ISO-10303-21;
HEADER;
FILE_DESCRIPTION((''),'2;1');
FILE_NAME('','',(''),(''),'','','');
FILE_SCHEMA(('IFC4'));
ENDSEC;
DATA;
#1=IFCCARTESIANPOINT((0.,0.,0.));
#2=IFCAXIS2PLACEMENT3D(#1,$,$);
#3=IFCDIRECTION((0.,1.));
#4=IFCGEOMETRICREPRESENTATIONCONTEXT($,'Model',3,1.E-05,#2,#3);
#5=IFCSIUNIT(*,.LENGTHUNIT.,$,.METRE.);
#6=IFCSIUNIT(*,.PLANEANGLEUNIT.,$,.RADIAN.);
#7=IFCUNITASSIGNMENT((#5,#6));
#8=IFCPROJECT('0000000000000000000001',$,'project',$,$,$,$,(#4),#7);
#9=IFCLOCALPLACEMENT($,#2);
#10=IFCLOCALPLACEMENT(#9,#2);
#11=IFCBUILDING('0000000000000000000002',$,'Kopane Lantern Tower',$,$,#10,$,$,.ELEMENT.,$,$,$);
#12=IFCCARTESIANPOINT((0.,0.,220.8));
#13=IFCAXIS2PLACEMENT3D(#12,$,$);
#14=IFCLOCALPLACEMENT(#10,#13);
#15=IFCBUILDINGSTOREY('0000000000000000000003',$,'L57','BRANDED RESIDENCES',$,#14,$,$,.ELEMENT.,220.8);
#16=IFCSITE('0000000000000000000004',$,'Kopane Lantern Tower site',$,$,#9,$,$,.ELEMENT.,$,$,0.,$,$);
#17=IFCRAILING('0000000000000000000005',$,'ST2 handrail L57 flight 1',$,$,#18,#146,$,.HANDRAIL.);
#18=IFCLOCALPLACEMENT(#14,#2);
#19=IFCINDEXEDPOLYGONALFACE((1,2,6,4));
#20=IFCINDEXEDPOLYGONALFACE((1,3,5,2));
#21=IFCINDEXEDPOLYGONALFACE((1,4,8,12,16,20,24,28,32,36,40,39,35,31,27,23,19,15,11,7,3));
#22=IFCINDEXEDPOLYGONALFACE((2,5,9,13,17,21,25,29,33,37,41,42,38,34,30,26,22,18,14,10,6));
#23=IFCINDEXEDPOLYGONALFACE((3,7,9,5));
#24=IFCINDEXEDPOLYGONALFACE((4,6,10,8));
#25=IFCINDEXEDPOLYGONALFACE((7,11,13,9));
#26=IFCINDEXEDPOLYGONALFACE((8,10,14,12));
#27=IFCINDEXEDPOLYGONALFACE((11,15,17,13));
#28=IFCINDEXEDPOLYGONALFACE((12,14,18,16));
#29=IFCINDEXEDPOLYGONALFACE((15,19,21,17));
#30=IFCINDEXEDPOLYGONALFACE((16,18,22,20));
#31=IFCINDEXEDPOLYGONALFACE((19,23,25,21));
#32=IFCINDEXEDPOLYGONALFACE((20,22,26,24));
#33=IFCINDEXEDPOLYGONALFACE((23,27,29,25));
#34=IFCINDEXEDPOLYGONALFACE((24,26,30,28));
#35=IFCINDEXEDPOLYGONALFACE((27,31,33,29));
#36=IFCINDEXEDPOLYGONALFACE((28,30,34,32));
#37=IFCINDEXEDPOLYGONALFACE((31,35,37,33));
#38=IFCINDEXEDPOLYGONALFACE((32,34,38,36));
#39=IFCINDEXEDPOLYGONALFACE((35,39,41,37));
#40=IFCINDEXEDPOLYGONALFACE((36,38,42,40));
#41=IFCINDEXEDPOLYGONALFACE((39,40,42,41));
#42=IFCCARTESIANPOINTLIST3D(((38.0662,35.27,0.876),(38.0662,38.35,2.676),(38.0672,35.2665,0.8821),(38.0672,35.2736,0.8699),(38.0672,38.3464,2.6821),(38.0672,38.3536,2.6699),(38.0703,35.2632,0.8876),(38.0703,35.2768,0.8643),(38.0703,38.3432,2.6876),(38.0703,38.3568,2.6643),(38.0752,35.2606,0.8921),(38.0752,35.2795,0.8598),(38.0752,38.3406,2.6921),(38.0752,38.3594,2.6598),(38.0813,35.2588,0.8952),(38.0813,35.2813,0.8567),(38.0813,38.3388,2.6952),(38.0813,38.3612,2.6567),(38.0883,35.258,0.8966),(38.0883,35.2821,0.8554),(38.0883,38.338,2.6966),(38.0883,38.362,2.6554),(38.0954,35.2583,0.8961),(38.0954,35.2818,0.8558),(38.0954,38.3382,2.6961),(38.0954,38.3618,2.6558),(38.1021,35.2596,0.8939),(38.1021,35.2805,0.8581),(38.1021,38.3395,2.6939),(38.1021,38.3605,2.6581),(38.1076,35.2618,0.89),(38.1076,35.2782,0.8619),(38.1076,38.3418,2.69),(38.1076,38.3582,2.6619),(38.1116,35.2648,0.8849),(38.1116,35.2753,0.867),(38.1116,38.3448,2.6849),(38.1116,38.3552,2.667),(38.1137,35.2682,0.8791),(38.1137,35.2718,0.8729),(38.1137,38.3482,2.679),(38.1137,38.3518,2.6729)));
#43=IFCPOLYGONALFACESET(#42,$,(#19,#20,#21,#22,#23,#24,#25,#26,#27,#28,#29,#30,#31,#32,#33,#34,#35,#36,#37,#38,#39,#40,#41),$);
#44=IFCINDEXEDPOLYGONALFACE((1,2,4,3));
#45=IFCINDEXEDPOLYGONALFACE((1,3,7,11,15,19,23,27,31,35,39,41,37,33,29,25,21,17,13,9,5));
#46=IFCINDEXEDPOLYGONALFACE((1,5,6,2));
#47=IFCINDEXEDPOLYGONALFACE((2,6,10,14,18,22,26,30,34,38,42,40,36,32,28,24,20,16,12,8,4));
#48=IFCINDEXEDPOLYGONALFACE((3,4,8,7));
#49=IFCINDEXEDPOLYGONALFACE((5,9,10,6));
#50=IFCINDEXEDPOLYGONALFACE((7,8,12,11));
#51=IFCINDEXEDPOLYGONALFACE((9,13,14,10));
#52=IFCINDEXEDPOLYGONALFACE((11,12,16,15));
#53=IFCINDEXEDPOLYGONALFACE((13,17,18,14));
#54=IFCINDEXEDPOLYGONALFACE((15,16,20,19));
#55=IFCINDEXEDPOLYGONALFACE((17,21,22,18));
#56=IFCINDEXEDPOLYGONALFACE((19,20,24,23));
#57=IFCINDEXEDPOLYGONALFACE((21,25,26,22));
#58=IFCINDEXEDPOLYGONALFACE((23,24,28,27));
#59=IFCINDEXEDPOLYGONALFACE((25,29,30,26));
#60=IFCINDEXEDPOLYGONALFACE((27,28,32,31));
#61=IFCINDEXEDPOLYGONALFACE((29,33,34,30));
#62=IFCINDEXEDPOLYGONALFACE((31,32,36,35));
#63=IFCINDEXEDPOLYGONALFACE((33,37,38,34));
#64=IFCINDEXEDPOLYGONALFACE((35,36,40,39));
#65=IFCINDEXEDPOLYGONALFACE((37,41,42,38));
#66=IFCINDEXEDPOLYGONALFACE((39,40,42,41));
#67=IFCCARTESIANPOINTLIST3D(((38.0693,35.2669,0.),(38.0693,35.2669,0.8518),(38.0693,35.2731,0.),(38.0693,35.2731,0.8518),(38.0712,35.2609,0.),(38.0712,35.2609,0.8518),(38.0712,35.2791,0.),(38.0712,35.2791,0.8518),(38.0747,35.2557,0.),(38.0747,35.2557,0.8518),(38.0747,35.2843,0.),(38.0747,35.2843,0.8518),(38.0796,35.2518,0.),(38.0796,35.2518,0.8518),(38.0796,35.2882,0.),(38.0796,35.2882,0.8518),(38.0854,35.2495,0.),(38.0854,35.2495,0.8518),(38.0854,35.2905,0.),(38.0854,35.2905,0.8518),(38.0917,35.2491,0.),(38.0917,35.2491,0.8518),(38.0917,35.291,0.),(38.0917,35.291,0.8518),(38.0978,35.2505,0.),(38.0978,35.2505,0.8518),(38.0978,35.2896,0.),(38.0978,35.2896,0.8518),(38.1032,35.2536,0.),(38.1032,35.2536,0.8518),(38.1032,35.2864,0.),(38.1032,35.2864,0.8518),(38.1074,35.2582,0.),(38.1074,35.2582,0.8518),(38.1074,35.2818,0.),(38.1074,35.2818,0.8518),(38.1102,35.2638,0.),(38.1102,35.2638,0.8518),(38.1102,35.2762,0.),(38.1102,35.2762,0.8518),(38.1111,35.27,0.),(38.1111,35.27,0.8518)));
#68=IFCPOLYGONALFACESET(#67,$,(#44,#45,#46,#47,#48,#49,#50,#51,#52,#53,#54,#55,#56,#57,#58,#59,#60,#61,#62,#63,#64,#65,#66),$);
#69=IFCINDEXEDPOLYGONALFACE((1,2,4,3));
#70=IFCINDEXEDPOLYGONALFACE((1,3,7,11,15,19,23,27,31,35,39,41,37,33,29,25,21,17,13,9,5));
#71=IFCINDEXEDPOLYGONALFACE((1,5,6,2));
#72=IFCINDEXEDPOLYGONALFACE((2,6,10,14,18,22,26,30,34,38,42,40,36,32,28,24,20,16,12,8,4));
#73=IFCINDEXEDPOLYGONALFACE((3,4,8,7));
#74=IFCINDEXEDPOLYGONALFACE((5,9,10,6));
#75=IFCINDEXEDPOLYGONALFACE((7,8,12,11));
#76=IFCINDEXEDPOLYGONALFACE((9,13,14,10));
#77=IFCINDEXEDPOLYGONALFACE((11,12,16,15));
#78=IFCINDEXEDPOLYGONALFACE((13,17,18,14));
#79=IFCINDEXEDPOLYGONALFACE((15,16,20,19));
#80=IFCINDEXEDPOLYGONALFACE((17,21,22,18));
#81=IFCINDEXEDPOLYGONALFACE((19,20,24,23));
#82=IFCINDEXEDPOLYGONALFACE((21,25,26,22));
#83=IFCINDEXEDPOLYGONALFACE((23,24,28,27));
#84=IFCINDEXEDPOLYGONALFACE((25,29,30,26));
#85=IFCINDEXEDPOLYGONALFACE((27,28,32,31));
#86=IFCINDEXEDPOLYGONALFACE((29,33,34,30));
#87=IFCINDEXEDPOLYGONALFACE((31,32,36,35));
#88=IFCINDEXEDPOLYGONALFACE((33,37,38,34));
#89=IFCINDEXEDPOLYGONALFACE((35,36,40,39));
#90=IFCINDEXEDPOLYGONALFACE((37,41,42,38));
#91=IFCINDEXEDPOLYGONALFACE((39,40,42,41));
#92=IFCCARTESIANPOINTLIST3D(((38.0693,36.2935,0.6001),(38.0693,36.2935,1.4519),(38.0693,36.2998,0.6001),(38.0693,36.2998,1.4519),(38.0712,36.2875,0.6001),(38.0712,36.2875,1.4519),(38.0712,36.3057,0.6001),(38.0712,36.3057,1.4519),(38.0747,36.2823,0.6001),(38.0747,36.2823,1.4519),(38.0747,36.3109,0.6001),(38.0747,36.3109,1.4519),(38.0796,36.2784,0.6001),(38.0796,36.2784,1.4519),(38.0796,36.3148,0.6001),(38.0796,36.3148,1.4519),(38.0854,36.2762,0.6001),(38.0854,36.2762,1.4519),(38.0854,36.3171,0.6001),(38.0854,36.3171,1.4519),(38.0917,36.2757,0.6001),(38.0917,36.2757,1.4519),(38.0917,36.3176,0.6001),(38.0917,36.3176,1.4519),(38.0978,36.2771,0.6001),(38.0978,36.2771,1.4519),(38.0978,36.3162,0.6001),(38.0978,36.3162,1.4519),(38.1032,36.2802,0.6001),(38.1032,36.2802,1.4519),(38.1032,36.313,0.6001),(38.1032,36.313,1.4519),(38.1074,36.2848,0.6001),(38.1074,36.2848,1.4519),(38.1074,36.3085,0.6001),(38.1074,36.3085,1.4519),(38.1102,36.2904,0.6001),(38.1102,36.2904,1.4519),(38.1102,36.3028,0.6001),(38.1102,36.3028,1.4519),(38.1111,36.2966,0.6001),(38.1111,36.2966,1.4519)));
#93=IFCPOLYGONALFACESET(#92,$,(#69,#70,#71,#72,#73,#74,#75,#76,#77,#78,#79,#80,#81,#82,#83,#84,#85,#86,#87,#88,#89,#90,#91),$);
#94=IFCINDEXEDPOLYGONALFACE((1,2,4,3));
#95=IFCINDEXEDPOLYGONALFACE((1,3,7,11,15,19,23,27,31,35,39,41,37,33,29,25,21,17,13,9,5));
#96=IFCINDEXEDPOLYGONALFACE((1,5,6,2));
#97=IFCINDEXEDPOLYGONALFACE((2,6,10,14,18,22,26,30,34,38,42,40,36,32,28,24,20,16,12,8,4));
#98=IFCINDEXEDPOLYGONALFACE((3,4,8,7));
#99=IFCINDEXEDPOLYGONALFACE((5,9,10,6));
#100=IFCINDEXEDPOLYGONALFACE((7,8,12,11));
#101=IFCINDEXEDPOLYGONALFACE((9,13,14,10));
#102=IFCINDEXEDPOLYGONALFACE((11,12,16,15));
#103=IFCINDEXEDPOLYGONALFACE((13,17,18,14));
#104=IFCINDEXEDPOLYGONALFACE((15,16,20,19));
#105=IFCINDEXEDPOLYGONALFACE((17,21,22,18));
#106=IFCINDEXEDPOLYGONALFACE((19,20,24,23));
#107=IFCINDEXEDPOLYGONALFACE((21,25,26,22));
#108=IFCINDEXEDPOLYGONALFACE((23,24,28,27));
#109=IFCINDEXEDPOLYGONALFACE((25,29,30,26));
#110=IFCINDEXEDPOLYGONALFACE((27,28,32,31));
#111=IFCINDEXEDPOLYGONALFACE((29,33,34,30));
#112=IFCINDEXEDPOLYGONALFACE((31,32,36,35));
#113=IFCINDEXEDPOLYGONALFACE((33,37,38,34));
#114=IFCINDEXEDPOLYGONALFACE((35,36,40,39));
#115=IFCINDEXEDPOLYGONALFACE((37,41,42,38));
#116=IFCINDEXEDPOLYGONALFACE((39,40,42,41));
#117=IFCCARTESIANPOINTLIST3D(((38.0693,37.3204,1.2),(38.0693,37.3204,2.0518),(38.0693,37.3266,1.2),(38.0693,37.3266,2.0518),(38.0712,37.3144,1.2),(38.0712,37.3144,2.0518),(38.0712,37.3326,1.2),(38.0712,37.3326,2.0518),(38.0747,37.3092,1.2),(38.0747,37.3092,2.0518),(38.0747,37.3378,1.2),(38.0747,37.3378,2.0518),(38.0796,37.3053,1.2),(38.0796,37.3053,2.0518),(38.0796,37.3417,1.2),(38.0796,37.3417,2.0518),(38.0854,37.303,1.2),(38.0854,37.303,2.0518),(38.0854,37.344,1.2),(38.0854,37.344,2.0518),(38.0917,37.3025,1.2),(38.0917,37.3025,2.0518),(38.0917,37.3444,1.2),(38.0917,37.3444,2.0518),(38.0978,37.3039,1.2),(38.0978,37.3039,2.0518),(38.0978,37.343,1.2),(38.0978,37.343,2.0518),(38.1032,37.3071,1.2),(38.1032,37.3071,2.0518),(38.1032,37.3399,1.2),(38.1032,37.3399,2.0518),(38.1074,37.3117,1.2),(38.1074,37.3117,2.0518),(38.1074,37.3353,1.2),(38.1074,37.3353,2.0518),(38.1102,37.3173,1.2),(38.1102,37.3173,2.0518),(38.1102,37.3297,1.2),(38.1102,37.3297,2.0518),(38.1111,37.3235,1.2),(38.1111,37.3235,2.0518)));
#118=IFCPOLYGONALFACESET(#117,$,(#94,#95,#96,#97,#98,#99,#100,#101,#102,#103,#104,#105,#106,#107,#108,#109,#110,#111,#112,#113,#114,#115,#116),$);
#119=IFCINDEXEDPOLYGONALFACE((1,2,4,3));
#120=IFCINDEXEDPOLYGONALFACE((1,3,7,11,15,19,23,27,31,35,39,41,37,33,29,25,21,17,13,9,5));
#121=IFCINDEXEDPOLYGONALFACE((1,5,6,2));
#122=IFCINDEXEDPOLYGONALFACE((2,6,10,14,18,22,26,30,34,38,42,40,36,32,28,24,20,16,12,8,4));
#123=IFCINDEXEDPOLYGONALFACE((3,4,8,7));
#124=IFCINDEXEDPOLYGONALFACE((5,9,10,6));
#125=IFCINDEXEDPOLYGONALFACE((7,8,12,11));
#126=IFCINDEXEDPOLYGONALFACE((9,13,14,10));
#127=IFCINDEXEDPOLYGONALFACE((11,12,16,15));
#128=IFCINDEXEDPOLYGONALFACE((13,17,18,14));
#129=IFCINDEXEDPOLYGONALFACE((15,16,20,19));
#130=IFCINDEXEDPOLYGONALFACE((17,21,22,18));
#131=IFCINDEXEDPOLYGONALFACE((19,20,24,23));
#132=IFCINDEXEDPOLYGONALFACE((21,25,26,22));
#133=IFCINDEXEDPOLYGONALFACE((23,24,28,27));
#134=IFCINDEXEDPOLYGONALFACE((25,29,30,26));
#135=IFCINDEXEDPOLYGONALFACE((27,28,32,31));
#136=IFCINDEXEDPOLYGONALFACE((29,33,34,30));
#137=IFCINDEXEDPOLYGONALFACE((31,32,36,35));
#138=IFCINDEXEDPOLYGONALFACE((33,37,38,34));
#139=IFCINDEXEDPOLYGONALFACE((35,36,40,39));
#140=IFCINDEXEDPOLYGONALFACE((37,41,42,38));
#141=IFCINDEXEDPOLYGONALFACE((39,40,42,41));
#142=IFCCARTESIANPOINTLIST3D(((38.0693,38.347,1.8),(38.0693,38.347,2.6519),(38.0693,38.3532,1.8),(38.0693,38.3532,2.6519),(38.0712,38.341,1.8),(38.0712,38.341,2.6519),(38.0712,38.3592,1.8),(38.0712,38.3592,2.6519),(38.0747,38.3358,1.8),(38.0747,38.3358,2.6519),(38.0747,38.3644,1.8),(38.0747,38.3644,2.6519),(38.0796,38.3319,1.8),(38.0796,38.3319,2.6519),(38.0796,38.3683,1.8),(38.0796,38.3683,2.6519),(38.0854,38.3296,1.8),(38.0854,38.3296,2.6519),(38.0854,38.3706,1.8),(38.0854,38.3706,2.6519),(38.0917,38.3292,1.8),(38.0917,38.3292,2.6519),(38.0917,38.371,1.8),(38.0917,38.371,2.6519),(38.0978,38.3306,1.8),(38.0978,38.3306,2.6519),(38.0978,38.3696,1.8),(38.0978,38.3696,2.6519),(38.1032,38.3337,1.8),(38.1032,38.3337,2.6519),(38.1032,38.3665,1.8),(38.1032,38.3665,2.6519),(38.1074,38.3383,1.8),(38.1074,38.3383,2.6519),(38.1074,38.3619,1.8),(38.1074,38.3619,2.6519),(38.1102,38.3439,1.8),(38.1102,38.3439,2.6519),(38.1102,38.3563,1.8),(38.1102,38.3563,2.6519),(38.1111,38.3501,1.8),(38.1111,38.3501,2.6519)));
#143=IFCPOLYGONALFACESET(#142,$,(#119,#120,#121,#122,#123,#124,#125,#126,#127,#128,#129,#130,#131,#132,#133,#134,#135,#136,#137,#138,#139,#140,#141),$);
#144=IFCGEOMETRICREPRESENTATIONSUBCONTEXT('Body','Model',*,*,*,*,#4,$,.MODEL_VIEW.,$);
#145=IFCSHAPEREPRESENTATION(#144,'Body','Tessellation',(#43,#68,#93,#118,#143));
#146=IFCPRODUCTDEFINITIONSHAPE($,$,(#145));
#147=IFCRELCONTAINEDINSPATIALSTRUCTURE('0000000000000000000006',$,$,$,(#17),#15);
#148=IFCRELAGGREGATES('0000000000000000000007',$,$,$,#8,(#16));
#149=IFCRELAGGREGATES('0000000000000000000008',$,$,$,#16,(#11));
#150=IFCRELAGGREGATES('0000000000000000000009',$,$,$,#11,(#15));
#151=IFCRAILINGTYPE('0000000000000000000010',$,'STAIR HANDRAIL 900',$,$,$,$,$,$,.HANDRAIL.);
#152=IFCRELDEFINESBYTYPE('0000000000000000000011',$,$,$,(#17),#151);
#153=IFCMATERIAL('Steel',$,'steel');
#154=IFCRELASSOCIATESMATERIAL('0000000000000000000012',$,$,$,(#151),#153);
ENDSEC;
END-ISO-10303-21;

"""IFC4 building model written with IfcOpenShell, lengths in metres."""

from ifc_helpers import new_model, si_unit, direction, frame, origin, origin_2d, place, context, subcontext, project, spatial, circle, extrude, material, type_object, element, save


model = new_model("IFC4")

# Units and contexts
model_context = context("Model", 3, precision=1e-05, world=origin(), true_north=direction((0.0, 1.0)))
body_context = subcontext(model_context, "Body", "Model", "MODEL_VIEW")
ifc_project = project(units=[si_unit("LENGTHUNIT", "METRE"), si_unit("PLANEANGLEUNIT", "RADIAN")], contexts=[model_context])

# Site, building, storey
site_placement = place(None, origin())
site = spatial("IfcSite", under=ifc_project, at=site_placement, Name="Kopane Lantern Tower site", CompositionType="ELEMENT", RefElevation=0.0)
building_placement = place(site_placement, origin())
building = spatial("IfcBuilding", under=site, at=building_placement, Name="Kopane Lantern Tower", CompositionType="ELEMENT")
storey_placement = place(building_placement, frame((0.0, 0.0, 220.8)))
storey = spatial("IfcBuildingStorey", under=building, at=storey_placement, Name="L57", Description="BRANDED RESIDENCES", CompositionType="ELEMENT", Elevation=220.8)

# Railing
ifc_material_1 = material(Name="Steel", Category="steel")
railing_type_1 = type_object("IfcRailingType", Name="STAIR HANDRAIL 900", PredefinedType="HANDRAIL", material=ifc_material_1)
for number, where, name in (
    (1, (38.0901, 35.27, 0.0), "ST2 handrail L57 flight 1"),
):
    element("IfcRailing", number, at=place(storey_placement, frame(where)), inside=storey, type_object=railing_type_1, Name=name, PredefinedType="HANDRAIL", context=body_context, shape_type="SweptSolid", body=[
        extrude(circle(Radius=0.0239, at=origin_2d()), frame((0.0, 0.0, 0.876), z_axis=(0.0, 0.863372, 0.504569), x_axis=(-1.0, 0.0, 0.0)), (0.0, 0.0, 1.0), 3.5674),
        extrude(circle(Radius=0.021, at=origin_2d()), origin(), (0.0, 0.0, 1.0), 0.8518),
        extrude(circle(Radius=0.021, at=origin_2d()), frame((0.0, 1.0266, 0.6001)), (0.0, 0.0, 1.0), 0.8518),
        extrude(circle(Radius=0.021, at=origin_2d()), frame((0.0, 2.0535, 1.2)), (0.0, 0.0, 1.0), 0.8518),
        extrude(circle(Radius=0.021, at=origin_2d()), frame((0.0, 3.0801, 1.8)), (0.0, 0.0, 1.0), 0.8518),
    ])

save(model, "model.ifc")
